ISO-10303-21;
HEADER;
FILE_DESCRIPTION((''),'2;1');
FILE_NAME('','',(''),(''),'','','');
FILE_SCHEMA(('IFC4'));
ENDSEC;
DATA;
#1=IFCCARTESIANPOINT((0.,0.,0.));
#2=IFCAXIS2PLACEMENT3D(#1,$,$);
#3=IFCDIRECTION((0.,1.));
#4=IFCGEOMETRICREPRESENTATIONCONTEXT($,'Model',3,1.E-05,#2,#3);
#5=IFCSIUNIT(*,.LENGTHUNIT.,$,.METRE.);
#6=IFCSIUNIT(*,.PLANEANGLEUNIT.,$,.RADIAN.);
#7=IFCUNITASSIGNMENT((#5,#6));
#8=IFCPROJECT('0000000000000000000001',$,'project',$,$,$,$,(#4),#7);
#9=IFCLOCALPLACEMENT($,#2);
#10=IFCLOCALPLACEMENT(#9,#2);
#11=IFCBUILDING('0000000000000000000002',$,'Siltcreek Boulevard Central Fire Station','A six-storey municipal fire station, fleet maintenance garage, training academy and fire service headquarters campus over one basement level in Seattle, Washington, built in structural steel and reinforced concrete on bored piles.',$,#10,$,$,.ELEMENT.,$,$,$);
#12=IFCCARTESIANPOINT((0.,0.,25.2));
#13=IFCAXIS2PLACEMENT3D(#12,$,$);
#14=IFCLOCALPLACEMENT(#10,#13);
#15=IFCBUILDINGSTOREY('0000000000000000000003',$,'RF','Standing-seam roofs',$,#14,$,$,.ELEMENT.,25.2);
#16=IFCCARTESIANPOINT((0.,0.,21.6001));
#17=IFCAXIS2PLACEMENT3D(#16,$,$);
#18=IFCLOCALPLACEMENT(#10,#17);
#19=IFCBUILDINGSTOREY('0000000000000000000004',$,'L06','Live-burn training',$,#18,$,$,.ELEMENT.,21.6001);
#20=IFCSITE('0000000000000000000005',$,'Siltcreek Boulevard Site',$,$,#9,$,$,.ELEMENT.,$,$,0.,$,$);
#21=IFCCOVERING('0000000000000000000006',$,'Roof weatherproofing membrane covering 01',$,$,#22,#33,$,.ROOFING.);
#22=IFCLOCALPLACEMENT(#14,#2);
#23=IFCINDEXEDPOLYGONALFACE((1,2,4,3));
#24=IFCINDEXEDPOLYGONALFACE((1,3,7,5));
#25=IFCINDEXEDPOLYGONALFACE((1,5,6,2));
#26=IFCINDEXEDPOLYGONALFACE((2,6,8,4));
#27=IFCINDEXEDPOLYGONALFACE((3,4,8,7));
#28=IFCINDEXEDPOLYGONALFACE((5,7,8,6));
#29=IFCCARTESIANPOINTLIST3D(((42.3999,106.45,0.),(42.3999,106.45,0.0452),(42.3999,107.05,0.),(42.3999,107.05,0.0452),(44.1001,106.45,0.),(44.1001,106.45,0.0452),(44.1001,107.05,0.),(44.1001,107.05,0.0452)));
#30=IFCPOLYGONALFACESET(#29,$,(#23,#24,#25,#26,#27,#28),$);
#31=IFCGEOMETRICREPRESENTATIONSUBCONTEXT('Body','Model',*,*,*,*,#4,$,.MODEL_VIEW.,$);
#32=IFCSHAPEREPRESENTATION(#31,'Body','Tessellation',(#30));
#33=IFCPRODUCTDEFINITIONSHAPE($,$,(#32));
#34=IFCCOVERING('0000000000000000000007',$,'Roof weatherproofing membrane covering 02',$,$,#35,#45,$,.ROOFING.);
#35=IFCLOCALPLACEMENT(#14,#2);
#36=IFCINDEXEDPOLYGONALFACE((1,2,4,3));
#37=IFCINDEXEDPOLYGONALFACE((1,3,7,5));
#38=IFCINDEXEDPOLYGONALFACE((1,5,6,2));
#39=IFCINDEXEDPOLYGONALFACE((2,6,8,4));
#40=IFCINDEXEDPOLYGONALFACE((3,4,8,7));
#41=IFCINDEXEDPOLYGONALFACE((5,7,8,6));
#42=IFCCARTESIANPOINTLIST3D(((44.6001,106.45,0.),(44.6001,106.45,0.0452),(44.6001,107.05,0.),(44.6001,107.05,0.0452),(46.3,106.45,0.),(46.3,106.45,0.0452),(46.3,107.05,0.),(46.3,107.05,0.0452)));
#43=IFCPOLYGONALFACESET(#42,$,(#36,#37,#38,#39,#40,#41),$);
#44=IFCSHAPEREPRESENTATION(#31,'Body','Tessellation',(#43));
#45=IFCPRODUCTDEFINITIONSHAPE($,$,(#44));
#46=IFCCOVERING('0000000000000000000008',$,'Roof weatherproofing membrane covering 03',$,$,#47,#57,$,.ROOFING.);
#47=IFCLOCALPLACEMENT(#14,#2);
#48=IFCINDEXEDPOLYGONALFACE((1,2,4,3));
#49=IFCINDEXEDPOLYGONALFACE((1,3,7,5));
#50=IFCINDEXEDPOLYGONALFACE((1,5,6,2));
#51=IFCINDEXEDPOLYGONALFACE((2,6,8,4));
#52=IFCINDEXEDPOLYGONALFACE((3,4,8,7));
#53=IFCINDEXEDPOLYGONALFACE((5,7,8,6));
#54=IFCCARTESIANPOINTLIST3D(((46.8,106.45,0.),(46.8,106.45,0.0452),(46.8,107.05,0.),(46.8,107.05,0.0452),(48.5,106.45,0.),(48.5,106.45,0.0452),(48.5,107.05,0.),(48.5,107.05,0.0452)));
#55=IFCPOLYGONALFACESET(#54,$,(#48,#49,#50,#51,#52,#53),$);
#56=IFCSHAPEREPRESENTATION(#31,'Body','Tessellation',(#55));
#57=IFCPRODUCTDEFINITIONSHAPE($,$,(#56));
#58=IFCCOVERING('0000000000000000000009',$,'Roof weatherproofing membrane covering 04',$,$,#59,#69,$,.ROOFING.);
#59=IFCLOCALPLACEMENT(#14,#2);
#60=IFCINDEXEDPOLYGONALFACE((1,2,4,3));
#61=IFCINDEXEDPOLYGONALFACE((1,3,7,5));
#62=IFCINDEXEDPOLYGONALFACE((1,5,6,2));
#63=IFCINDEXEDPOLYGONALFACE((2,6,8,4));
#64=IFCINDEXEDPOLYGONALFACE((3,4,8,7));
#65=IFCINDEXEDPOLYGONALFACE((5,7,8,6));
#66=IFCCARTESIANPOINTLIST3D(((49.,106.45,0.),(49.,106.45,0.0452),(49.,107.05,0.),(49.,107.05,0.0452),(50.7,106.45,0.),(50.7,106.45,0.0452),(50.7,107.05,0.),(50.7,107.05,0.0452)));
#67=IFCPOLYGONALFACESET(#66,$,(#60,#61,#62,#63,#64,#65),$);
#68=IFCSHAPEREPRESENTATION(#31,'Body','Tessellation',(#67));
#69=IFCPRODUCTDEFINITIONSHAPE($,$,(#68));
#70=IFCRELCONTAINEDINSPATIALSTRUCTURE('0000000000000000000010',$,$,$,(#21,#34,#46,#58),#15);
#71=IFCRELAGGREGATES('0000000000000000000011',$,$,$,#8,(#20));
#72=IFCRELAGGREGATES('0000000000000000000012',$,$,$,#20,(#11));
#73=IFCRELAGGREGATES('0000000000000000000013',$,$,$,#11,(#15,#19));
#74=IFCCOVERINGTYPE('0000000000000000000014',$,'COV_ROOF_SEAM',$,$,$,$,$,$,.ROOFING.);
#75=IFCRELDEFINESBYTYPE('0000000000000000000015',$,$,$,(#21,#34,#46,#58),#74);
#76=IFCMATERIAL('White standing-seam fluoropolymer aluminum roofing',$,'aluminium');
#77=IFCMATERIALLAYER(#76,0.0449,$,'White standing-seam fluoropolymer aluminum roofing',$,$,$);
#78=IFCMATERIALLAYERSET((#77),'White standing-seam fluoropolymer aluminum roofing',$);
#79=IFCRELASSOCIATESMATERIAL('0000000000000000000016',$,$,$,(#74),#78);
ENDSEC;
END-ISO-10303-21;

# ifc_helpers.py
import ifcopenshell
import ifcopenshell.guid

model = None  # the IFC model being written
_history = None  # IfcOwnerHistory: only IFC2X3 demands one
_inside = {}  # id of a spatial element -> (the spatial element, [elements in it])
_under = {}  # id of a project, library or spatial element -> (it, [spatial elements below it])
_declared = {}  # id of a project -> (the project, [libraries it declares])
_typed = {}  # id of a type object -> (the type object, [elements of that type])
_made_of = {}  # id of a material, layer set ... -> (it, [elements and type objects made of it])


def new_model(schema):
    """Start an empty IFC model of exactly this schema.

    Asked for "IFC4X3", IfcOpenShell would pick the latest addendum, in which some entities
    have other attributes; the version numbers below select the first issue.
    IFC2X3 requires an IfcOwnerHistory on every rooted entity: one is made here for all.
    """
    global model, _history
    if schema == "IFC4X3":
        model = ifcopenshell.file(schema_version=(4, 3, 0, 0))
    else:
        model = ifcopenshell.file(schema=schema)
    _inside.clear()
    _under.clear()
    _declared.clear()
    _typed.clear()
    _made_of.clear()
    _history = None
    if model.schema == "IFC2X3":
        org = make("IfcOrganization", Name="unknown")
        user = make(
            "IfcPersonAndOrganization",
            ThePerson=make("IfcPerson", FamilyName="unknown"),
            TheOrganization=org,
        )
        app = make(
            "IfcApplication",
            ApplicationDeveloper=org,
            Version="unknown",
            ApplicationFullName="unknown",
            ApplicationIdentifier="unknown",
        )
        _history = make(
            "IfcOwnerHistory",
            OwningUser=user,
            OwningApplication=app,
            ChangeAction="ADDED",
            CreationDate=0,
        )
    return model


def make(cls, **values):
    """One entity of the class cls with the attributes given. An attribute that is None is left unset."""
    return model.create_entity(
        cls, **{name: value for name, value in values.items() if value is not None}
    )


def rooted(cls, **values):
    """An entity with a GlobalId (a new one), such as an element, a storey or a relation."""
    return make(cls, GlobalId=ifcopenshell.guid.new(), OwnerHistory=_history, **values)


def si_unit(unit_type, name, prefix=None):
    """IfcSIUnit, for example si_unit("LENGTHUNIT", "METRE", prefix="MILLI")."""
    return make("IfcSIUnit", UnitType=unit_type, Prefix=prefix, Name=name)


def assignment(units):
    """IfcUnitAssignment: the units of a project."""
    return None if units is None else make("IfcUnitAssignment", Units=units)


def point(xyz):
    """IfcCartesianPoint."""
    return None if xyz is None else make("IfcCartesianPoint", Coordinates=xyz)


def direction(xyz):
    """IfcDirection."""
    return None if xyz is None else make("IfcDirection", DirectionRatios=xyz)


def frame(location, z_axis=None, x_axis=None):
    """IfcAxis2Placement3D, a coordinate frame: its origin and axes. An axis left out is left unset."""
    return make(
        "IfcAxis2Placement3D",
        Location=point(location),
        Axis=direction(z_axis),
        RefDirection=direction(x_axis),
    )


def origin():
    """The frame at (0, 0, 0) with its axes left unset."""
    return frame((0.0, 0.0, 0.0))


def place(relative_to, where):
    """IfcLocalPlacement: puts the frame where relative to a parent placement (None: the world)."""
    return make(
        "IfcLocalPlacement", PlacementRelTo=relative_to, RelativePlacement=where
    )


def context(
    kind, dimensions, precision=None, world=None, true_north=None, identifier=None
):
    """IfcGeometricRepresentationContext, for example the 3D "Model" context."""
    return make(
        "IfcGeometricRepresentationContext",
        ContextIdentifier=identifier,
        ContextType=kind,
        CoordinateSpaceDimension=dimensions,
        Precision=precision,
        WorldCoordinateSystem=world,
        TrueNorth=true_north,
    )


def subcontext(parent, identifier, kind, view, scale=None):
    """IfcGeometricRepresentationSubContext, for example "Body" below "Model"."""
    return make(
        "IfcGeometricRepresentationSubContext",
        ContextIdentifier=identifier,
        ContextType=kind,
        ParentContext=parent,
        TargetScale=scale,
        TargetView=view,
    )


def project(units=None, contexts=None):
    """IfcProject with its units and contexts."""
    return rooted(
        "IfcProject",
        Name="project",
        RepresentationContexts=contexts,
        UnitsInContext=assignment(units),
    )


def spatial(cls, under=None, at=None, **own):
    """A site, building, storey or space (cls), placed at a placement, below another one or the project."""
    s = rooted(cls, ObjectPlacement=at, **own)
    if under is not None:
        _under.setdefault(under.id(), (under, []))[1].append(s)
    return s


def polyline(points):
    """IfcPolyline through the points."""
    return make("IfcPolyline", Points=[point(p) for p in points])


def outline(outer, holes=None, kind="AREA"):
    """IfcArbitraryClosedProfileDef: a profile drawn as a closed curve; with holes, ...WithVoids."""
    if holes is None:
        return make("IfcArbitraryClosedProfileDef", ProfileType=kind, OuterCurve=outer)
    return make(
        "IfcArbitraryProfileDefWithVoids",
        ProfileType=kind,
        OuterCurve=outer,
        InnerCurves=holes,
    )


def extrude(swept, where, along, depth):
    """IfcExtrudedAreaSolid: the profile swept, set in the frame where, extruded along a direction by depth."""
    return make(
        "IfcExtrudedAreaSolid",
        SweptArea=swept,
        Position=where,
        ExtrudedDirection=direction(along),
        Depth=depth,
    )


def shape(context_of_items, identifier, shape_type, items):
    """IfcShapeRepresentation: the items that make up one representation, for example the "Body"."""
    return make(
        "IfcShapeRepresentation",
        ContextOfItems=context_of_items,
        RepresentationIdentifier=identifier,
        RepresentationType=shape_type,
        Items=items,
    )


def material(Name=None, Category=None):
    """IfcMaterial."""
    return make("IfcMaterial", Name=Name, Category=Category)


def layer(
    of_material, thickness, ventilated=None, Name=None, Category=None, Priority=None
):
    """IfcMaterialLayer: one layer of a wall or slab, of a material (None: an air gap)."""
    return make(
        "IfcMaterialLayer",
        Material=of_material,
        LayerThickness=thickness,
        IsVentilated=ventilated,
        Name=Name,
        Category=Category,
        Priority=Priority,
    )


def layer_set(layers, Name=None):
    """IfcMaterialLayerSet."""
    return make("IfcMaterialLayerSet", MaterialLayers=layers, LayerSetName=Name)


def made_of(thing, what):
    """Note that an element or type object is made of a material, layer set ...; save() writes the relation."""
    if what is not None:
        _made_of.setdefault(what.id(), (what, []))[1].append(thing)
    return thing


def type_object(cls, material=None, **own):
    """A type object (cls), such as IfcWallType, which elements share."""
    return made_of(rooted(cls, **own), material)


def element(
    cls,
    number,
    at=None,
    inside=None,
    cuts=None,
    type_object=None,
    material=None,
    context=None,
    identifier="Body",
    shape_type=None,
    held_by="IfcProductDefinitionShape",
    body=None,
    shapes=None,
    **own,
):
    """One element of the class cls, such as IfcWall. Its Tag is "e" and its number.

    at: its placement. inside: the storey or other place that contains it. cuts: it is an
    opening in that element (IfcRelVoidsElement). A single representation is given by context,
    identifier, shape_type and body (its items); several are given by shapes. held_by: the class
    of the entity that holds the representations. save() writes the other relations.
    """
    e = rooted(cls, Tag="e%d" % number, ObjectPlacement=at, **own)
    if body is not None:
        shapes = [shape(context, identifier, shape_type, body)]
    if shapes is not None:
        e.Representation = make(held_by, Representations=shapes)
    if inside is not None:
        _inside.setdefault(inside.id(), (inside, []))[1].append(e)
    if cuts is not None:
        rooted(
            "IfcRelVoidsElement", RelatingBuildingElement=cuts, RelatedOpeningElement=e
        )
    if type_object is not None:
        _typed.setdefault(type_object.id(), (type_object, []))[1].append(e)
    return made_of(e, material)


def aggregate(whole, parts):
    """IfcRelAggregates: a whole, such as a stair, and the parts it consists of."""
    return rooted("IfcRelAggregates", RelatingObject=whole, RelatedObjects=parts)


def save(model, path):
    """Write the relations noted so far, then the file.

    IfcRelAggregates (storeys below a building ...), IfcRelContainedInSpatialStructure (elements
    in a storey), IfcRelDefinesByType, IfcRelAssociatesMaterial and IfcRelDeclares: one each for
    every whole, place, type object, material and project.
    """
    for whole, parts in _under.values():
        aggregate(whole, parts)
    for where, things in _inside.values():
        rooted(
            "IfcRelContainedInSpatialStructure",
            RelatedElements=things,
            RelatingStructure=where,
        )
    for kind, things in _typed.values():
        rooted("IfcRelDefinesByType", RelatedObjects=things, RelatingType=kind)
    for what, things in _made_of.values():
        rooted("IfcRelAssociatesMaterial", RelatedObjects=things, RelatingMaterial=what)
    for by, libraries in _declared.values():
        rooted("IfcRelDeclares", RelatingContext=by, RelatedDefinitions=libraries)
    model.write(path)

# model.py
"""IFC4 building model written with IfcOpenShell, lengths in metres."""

from ifc_helpers import new_model, si_unit, direction, frame, origin, place, context, subcontext, project, spatial, polyline, outline, extrude, material, layer, layer_set, type_object, element, save


model = new_model("IFC4")

# Units and contexts
model_context = context("Model", 3, precision=1e-05, world=origin(), true_north=direction((0.0, 1.0)))
body_context = subcontext(model_context, "Body", "Model", "MODEL_VIEW")
ifc_project = project(units=[si_unit("LENGTHUNIT", "METRE"), si_unit("PLANEANGLEUNIT", "RADIAN")], contexts=[model_context])

# Site, building, storey
site_placement = place(None, origin())
site = spatial("IfcSite", under=ifc_project, at=site_placement, Name="Siltcreek Boulevard Site", CompositionType="ELEMENT", RefElevation=0.0)
building_placement = place(site_placement, origin())
building = spatial("IfcBuilding", under=site, at=building_placement, Name="Siltcreek Boulevard Central Fire Station", Description="A six-storey municipal fire station, fleet maintenance garage, training academy and fire service headquarters campus over one basement level in Seattle, Washington, built in structural steel and reinforced concrete on bored piles.", CompositionType="ELEMENT")
storey_1_placement = place(building_placement, frame((0.0, 0.0, 25.2)))
storey_1 = spatial("IfcBuildingStorey", under=building, at=storey_1_placement, Name="RF", Description="Standing-seam roofs", CompositionType="ELEMENT", Elevation=25.2)

# Shared definitions
storey_2_placement = place(building_placement, frame((0.0, 0.0, 21.6001)))
storey_2 = spatial("IfcBuildingStorey", under=building, at=storey_2_placement, Name="L06", Description="Live-burn training", CompositionType="ELEMENT", Elevation=21.6001)

# Coverings
ifc_material_1 = material(Name="White standing-seam fluoropolymer aluminum roofing", Category="aluminium")
ifc_layer_1 = layer(ifc_material_1, 0.0449, Name="White standing-seam fluoropolymer aluminum roofing")
ifc_layer_set_1 = layer_set([ifc_layer_1], Name="White standing-seam fluoropolymer aluminum roofing")
covering_type = type_object("IfcCoveringType", Name="COV_ROOF_SEAM", PredefinedType="ROOFING", material=ifc_layer_set_1)
covering_1_placement = place(storey_1_placement, origin())
element("IfcCovering", 1, at=covering_1_placement, inside=storey_1, type_object=covering_type, Name="Roof weatherproofing membrane covering 01", PredefinedType="ROOFING", context=body_context, shape_type="SweptSolid", body=[
    extrude(outline(polyline([(42.3999, 106.45), (44.1001, 106.45), (44.1001, 107.05), (42.3999, 107.05), (42.3999, 106.45)])), origin(), (0.0, 0.0, 1.0), 0.0452),
])
covering_2_placement = place(storey_1_placement, origin())
element("IfcCovering", 2, at=covering_2_placement, inside=storey_1, type_object=covering_type, Name="Roof weatherproofing membrane covering 02", PredefinedType="ROOFING", context=body_context, shape_type="SweptSolid", body=[
    extrude(outline(polyline([(44.6001, 106.45), (46.3, 106.45), (46.3, 107.05), (44.6001, 107.05), (44.6001, 106.45)])), origin(), (0.0, 0.0, 1.0), 0.0452),
])
covering_3_placement = place(storey_1_placement, origin())
element("IfcCovering", 3, at=covering_3_placement, inside=storey_1, type_object=covering_type, Name="Roof weatherproofing membrane covering 03", PredefinedType="ROOFING", context=body_context, shape_type="SweptSolid", body=[
    extrude(outline(polyline([(46.8, 106.45), (48.5, 106.45), (48.5, 107.05), (46.8, 107.05), (46.8, 106.45)])), origin(), (0.0, 0.0, 1.0), 0.0452),
])
covering_4_placement = place(storey_1_placement, origin())
element("IfcCovering", 4, at=covering_4_placement, inside=storey_1, type_object=covering_type, Name="Roof weatherproofing membrane covering 04", PredefinedType="ROOFING", context=body_context, shape_type="SweptSolid", body=[
    extrude(outline(polyline([(49.0, 106.45), (50.7, 106.45), (50.7, 107.05), (49.0, 107.05), (49.0, 106.45)])), origin(), (0.0, 0.0, 1.0), 0.0452),
])

save(model, "model.ifc")
